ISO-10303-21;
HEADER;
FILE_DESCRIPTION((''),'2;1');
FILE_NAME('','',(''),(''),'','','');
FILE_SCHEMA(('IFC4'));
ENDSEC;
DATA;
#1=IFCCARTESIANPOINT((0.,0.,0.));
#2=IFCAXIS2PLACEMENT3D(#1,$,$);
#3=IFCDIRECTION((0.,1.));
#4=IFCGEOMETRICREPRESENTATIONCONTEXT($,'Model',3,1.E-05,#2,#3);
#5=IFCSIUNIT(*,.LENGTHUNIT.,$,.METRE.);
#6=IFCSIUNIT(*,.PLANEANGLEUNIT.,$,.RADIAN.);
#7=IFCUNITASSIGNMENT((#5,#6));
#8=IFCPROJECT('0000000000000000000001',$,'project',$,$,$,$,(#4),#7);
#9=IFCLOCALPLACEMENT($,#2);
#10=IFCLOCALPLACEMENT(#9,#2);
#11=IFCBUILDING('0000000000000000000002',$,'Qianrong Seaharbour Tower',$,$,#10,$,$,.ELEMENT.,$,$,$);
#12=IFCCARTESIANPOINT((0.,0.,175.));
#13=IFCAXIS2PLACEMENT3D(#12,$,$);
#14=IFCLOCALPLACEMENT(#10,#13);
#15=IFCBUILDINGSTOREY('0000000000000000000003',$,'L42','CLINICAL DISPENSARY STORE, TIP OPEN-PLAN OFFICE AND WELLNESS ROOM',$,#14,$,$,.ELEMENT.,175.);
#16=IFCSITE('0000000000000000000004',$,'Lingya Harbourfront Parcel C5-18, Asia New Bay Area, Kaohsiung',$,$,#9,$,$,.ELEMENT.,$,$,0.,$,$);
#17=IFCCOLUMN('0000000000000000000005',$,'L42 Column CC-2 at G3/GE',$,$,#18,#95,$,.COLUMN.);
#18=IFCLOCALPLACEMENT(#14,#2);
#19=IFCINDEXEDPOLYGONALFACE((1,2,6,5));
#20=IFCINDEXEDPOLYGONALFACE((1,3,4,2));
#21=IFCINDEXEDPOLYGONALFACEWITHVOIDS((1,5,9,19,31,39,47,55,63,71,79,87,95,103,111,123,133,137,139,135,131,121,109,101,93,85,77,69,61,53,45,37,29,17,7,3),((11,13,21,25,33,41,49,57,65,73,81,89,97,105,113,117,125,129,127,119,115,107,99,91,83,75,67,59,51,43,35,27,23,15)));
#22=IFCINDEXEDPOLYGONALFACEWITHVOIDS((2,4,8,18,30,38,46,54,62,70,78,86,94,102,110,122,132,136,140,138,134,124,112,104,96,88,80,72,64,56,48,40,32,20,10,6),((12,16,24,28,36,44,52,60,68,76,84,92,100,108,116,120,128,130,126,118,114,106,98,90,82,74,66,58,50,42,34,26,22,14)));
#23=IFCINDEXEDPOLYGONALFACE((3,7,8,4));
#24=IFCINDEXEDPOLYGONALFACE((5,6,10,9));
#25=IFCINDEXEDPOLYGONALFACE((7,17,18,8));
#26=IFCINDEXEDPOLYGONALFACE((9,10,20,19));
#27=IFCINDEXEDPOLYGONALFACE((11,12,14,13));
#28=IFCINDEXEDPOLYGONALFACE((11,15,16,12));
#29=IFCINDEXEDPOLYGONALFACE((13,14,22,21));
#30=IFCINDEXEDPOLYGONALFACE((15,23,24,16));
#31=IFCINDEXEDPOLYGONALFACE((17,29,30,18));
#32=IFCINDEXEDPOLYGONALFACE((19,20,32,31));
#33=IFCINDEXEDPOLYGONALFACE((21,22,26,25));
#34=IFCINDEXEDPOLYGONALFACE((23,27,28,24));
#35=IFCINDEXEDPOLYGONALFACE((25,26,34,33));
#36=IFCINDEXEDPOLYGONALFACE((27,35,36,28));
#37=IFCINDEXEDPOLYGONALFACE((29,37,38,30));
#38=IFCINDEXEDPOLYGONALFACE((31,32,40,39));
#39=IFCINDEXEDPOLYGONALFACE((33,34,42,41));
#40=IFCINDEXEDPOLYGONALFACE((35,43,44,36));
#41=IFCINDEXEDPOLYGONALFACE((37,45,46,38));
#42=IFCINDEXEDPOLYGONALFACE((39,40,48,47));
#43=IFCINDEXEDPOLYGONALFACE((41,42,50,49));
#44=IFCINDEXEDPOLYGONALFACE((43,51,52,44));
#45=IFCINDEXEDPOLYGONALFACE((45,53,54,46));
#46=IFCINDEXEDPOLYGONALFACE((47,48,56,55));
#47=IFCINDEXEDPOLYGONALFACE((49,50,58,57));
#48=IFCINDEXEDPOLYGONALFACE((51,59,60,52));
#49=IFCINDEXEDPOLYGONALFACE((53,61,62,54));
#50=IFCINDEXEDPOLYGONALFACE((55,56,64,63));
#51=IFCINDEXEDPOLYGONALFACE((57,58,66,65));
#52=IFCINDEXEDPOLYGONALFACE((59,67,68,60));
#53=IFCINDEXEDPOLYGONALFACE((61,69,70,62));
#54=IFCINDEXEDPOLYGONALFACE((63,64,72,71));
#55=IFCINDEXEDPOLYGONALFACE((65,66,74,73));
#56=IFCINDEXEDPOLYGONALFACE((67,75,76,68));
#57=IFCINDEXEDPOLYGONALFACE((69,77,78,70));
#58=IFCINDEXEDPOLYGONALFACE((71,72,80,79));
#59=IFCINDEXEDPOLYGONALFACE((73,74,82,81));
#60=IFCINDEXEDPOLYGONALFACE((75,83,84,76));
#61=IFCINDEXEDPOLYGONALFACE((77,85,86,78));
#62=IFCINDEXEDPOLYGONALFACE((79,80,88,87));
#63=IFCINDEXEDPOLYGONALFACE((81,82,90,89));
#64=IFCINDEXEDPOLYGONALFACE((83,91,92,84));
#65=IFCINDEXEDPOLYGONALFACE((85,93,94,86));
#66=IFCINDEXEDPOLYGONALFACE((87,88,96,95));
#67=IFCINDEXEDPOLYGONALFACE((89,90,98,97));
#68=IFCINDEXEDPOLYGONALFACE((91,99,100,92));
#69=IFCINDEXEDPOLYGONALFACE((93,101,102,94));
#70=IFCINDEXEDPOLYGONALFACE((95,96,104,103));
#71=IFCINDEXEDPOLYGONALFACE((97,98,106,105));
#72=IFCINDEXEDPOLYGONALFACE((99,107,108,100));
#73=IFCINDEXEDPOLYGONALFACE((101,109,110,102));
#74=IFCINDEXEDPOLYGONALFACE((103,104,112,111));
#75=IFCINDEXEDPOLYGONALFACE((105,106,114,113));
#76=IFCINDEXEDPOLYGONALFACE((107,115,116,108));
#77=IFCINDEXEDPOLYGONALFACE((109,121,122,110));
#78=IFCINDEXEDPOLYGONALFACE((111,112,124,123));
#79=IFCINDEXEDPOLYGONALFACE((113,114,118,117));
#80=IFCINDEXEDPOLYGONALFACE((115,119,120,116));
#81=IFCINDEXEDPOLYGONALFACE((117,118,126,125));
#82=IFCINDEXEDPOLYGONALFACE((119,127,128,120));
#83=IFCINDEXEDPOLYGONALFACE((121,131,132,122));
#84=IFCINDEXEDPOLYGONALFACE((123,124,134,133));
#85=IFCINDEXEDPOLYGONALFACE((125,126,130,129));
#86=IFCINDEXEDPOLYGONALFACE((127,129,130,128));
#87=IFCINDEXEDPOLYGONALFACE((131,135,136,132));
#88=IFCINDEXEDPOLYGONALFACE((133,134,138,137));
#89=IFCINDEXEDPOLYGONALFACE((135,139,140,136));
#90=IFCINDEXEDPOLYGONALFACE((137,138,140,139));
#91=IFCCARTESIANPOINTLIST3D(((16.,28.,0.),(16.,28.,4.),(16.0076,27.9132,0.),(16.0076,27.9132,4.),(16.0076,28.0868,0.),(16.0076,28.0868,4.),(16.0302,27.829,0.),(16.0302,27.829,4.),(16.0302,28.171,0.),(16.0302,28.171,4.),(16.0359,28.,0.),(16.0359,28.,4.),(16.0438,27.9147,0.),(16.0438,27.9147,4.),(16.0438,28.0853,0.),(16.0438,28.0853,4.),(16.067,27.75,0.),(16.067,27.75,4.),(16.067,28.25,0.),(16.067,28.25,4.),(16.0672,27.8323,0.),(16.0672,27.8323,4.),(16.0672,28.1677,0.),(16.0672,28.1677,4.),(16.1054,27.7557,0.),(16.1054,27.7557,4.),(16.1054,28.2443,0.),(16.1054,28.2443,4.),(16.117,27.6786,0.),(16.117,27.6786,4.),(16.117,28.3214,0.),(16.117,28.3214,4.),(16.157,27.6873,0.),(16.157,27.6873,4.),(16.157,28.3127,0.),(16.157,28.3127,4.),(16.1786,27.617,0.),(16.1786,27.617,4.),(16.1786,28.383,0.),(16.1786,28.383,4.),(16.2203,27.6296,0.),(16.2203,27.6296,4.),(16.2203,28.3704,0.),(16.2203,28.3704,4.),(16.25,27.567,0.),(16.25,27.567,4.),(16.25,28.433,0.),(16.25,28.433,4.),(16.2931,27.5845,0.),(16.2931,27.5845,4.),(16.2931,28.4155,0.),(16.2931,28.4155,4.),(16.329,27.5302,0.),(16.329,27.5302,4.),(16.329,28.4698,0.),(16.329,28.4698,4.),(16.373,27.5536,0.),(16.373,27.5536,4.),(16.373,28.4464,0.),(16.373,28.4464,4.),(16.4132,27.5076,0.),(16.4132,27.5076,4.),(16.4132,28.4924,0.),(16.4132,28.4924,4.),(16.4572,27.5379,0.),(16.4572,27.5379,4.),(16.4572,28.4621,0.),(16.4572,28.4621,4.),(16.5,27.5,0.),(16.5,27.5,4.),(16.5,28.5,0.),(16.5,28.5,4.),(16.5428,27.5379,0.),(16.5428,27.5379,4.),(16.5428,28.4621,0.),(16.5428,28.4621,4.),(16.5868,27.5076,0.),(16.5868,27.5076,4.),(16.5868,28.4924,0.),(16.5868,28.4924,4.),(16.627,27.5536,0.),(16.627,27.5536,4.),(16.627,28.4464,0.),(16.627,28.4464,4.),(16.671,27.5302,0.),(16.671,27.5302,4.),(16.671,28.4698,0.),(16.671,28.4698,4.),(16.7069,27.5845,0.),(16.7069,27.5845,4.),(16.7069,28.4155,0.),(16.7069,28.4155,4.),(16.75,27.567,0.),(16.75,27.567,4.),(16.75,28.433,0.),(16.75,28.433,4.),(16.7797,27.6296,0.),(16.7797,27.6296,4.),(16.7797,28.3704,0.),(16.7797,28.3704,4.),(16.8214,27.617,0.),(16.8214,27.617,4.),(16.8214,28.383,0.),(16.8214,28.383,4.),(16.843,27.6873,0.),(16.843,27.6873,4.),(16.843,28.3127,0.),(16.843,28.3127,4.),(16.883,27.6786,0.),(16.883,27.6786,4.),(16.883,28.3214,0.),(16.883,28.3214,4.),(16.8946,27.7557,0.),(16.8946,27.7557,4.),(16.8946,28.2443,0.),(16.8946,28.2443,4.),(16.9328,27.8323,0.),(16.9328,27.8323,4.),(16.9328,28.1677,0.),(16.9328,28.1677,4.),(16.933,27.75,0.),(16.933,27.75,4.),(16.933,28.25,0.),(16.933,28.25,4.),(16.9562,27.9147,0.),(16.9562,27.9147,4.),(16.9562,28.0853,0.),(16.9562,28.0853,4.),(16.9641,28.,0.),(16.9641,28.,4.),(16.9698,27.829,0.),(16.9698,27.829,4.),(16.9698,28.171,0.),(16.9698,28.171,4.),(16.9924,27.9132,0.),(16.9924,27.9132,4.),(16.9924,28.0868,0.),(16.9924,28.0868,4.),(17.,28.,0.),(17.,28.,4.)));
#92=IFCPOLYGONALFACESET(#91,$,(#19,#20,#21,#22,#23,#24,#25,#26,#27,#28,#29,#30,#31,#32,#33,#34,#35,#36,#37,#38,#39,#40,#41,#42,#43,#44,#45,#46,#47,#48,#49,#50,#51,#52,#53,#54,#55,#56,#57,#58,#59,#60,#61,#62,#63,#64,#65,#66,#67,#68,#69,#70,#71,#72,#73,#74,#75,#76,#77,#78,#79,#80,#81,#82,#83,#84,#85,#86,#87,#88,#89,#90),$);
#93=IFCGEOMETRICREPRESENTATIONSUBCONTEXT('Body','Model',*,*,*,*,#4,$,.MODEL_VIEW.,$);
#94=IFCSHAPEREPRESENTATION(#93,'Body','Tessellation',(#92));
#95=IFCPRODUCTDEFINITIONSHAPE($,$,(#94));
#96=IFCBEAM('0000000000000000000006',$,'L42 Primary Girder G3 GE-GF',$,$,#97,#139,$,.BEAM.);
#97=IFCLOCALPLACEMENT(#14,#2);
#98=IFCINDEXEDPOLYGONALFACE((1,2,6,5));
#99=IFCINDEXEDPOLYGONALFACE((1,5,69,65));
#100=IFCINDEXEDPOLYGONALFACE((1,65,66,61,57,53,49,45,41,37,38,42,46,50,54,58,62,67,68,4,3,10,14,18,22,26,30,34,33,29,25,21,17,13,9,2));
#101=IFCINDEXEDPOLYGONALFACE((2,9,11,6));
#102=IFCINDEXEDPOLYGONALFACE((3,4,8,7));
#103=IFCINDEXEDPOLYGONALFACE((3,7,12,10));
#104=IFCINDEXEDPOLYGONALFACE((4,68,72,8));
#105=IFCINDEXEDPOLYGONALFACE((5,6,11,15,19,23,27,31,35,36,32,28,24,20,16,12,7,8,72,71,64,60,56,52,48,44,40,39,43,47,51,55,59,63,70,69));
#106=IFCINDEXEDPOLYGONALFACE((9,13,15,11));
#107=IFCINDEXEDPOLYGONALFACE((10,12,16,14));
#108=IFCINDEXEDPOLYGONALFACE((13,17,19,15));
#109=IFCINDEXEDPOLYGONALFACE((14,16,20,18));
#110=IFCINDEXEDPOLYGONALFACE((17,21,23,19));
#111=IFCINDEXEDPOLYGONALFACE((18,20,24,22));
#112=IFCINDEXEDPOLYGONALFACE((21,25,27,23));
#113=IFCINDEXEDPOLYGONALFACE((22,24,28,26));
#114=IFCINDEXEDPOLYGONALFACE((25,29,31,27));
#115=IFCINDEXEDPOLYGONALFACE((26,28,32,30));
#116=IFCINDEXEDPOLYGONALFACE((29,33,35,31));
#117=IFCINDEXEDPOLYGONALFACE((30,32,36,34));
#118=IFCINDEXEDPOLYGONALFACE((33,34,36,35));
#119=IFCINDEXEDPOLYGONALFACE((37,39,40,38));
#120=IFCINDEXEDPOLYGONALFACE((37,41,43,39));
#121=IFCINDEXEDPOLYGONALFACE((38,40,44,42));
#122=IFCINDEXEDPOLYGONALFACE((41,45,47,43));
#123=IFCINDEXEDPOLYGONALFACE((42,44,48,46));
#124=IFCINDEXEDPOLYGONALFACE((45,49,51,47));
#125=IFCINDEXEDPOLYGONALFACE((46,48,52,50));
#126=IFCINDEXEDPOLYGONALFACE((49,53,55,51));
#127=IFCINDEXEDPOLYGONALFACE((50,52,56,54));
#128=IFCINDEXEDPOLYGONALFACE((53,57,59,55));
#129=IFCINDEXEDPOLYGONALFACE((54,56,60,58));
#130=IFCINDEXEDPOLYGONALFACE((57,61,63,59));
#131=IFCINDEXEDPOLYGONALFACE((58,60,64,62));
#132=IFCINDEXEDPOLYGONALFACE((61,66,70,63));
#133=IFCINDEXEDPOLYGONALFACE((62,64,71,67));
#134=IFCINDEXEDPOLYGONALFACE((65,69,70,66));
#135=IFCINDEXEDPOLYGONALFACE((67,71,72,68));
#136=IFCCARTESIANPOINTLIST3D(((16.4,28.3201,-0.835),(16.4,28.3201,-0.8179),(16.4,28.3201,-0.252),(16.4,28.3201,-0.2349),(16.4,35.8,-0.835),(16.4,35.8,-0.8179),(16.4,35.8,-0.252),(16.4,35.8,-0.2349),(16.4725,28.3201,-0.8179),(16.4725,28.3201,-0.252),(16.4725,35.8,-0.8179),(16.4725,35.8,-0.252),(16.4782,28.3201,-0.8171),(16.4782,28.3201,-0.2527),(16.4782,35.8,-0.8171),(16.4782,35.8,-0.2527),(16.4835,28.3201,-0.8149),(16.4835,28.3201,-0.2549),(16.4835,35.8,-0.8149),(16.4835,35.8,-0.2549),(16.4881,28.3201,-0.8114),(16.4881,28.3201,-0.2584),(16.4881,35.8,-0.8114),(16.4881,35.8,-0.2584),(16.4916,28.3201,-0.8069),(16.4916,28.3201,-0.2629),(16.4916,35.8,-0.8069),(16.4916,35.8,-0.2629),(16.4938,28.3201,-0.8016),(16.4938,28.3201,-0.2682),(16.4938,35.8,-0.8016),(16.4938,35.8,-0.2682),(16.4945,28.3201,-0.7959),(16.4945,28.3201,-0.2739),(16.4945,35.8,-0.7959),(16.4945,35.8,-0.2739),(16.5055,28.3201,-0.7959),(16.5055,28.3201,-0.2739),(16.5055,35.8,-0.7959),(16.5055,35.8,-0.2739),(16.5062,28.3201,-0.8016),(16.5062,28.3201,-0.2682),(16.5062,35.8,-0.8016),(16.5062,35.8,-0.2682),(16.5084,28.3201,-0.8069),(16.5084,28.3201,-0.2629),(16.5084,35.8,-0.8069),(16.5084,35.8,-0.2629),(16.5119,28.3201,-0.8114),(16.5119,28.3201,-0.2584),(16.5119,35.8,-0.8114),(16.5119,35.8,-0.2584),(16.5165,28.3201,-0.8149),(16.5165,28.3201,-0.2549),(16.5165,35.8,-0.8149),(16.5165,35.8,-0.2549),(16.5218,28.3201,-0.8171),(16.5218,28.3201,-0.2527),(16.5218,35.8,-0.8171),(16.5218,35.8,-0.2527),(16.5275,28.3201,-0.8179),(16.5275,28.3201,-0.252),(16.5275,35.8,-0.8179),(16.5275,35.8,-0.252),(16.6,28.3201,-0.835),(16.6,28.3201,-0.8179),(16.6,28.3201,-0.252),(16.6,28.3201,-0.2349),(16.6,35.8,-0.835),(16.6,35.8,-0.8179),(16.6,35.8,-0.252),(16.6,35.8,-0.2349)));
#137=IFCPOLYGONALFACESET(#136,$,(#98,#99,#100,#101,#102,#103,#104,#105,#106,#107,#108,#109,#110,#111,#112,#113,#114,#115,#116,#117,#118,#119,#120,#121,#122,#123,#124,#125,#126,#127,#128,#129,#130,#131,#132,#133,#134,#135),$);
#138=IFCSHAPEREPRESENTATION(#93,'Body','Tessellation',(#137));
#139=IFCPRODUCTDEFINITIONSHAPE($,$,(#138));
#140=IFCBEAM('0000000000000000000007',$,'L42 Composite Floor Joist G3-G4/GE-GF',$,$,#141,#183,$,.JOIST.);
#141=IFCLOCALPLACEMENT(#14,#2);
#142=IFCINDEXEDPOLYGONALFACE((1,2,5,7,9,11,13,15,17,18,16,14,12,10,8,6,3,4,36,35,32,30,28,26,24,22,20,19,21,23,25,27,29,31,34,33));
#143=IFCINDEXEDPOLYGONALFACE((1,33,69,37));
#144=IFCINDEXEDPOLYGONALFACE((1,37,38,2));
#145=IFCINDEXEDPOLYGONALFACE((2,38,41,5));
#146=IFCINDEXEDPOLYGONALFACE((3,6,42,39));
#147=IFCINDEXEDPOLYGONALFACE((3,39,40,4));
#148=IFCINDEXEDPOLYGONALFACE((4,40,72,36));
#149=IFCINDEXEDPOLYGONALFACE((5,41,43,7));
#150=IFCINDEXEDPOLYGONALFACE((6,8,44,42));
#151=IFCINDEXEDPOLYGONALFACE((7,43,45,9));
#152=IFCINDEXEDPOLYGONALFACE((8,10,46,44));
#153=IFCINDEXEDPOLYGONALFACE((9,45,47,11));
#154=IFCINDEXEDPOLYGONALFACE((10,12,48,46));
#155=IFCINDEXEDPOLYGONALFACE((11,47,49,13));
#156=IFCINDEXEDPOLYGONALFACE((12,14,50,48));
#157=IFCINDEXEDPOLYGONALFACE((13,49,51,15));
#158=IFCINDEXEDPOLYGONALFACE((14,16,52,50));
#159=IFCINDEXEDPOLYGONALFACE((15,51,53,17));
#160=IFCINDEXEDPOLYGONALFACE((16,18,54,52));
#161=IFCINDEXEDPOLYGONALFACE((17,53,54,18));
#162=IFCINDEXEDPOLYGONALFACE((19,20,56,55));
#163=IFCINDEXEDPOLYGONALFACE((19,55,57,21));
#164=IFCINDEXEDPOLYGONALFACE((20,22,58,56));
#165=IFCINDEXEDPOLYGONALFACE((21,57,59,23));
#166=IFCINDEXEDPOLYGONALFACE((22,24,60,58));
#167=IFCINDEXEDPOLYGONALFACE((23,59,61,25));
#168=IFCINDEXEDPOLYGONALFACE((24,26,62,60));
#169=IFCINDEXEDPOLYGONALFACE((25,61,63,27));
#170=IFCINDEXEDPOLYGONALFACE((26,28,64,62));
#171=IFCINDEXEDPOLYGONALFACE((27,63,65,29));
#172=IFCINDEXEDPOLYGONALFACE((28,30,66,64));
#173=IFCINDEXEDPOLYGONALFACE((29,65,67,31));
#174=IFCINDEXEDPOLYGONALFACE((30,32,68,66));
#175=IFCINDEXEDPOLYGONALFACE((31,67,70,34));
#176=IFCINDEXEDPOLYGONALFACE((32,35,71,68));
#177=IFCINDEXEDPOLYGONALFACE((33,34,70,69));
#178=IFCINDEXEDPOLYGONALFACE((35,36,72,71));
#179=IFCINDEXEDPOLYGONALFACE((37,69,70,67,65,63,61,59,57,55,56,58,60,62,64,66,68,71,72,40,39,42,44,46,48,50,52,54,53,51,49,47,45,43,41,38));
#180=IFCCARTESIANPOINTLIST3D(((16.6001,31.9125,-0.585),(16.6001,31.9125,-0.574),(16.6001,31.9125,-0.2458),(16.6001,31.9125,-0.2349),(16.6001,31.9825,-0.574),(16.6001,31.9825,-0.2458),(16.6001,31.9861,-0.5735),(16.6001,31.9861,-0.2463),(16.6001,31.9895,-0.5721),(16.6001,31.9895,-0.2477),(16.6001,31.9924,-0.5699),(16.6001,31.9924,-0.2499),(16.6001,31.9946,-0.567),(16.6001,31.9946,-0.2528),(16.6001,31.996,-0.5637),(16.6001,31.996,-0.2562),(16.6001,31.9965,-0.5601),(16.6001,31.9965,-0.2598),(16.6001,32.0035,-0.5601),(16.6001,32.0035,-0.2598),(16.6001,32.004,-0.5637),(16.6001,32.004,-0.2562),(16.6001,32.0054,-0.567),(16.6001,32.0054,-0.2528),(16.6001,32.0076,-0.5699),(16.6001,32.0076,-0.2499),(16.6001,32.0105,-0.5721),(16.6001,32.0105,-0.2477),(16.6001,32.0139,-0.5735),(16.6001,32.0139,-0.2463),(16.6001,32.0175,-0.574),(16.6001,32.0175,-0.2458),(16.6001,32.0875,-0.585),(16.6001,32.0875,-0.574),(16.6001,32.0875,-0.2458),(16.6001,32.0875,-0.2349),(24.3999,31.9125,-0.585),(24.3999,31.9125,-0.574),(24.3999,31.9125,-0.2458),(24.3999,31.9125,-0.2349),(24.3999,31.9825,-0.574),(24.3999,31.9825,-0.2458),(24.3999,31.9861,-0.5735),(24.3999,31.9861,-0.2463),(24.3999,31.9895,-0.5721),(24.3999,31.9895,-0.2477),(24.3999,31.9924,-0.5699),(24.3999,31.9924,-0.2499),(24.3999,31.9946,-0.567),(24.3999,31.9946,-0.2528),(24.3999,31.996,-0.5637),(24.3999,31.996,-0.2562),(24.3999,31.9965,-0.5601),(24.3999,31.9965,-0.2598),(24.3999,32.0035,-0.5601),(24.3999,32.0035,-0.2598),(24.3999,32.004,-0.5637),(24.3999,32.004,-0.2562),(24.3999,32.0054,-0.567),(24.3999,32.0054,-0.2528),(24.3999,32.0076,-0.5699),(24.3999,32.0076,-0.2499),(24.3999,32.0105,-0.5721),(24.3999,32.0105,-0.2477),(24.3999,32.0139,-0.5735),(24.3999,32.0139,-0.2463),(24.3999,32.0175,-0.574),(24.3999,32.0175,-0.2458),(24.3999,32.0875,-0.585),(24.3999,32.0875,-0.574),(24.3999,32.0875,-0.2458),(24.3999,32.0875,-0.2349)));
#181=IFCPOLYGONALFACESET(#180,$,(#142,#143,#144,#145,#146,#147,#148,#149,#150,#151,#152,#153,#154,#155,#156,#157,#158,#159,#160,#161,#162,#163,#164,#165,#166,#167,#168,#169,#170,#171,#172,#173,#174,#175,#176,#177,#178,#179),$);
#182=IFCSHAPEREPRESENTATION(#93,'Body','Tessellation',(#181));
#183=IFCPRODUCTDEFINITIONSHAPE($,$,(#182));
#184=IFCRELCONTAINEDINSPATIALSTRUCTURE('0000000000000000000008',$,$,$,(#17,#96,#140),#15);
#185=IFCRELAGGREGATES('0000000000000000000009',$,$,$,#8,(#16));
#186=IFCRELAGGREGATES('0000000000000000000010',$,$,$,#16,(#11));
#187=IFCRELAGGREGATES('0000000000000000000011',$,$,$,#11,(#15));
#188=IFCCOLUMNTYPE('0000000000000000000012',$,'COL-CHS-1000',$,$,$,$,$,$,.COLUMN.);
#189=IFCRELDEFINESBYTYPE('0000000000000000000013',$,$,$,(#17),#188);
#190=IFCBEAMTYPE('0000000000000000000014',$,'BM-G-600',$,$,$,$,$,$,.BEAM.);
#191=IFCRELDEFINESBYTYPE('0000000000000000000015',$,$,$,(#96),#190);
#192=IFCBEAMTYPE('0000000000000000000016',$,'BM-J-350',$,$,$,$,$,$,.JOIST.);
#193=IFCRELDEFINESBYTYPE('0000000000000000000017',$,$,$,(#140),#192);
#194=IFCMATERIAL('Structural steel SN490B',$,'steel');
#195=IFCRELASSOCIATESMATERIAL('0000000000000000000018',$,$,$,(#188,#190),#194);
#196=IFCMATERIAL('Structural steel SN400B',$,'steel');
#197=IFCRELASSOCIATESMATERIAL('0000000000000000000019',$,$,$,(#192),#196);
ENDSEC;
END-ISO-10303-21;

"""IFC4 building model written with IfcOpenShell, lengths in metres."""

from ifc_helpers import new_model, si_unit, direction, frame, origin, origin_2d, place, context, subcontext, project, spatial, hollow_circle, i_section, extrude, material, material_profile, profile_set, type_object, element, save


model = new_model("IFC4")

# Units and contexts
model_context = context("Model", 3, precision=1e-05, world=origin(), true_north=direction((0.0, 1.0)))
body_context = subcontext(model_context, "Body", "Model", "MODEL_VIEW")
ifc_project = project(units=[si_unit("LENGTHUNIT", "METRE"), si_unit("PLANEANGLEUNIT", "RADIAN")], contexts=[model_context])

# Site, building, storey
site_placement = place(None, origin())
site = spatial("IfcSite", under=ifc_project, at=site_placement, Name="Lingya Harbourfront Parcel C5-18, Asia New Bay Area, Kaohsiung", CompositionType="ELEMENT", RefElevation=0.0)
building_placement = place(site_placement, origin())
building = spatial("IfcBuilding", under=site, at=building_placement, Name="Qianrong Seaharbour Tower", CompositionType="ELEMENT")
storey_placement = place(building_placement, frame((0.0, 0.0, 175.0)))
storey = spatial("IfcBuildingStorey", under=building, at=storey_placement, Name="L42", Description="CLINICAL DISPENSARY STORE, TIP OPEN-PLAN OFFICE AND WELLNESS ROOM", CompositionType="ELEMENT", Elevation=175.0)

# Column
ifc_material_1 = material(Name="Structural steel SN490B", Category="steel")
ifc_material_profile_1 = material_profile(ifc_material_1, hollow_circle(Radius=0.5, WallThickness=0.0359, at=origin_2d()), Name="CHS1000x36")
ifc_profile_set_1 = profile_set([ifc_material_profile_1], Name="Structural steel SN490B")
column_type = type_object("IfcColumnType", Name="COL-CHS-1000", PredefinedType="COLUMN", material=ifc_profile_set_1)
column_placement = place(storey_placement, frame((16.5, 28.0, 0.0), z_axis=(0.0, 0.0, 1.0), x_axis=(1.0, 0.0, 0.0)))
element("IfcColumn", 1, at=column_placement, inside=storey, type_object=column_type, Name="L42 Column CC-2 at G3/GE", PredefinedType="COLUMN", context=body_context, shape_type="SweptSolid", body=[
    extrude(hollow_circle(Radius=0.5, WallThickness=0.0359, at=origin_2d()), origin(), (0.0, 0.0, 1.0), 4.0),
])

# Beams
ifc_material_profile_2 = material_profile(ifc_material_1, i_section(OverallWidth=0.2, OverallDepth=0.6001, WebThickness=0.011, FlangeThickness=0.0171, FilletRadius=0.022, at=origin_2d()), Name="H600x200x11x17")
ifc_profile_set_2 = profile_set([ifc_material_profile_2], Name="Structural steel SN490B")
beam_type_1 = type_object("IfcBeamType", Name="BM-G-600", PredefinedType="BEAM", material=ifc_profile_set_2)
beam_1_placement = place(storey_placement, frame((16.5, 28.3201, -0.5349), z_axis=(0.0, 1.0, 0.0), x_axis=(-1.0, 0.0, 0.0)))
element("IfcBeam", 2, at=beam_1_placement, inside=storey, type_object=beam_type_1, Name="L42 Primary Girder G3 GE-GF", PredefinedType="BEAM", context=body_context, shape_type="SweptSolid", body=[
    extrude(i_section(OverallWidth=0.2, OverallDepth=0.6001, WebThickness=0.011, FlangeThickness=0.0171, FilletRadius=0.022, at=origin_2d()), origin(), (0.0, 0.0, 1.0), 7.48),
])
ifc_material_2 = material(Name="Structural steel SN400B", Category="steel")
ifc_material_profile_3 = material_profile(ifc_material_2, i_section(OverallWidth=0.175, OverallDepth=0.3501, WebThickness=0.0071, FlangeThickness=0.011, FilletRadius=0.0139, at=origin_2d()), Name="H350x175x7x11")
ifc_profile_set_3 = profile_set([ifc_material_profile_3], Name="Structural steel SN400B")
beam_type_2 = type_object("IfcBeamType", Name="BM-J-350", PredefinedType="JOIST", material=ifc_profile_set_3)
beam_2_placement = place(storey_placement, frame((16.6001, 32.0, -0.4099), z_axis=(1.0, 0.0, 0.0), x_axis=(0.0, 1.0, 0.0)))
element("IfcBeam", 3, at=beam_2_placement, inside=storey, type_object=beam_type_2, Name="L42 Composite Floor Joist G3-G4/GE-GF", PredefinedType="JOIST", context=body_context, shape_type="SweptSolid", body=[
    extrude(i_section(OverallWidth=0.175, OverallDepth=0.3501, WebThickness=0.0071, FlangeThickness=0.011, FilletRadius=0.0139, at=origin_2d()), origin(), (0.0, 0.0, 1.0), 7.7998),
])

save(model, "model.ifc")
